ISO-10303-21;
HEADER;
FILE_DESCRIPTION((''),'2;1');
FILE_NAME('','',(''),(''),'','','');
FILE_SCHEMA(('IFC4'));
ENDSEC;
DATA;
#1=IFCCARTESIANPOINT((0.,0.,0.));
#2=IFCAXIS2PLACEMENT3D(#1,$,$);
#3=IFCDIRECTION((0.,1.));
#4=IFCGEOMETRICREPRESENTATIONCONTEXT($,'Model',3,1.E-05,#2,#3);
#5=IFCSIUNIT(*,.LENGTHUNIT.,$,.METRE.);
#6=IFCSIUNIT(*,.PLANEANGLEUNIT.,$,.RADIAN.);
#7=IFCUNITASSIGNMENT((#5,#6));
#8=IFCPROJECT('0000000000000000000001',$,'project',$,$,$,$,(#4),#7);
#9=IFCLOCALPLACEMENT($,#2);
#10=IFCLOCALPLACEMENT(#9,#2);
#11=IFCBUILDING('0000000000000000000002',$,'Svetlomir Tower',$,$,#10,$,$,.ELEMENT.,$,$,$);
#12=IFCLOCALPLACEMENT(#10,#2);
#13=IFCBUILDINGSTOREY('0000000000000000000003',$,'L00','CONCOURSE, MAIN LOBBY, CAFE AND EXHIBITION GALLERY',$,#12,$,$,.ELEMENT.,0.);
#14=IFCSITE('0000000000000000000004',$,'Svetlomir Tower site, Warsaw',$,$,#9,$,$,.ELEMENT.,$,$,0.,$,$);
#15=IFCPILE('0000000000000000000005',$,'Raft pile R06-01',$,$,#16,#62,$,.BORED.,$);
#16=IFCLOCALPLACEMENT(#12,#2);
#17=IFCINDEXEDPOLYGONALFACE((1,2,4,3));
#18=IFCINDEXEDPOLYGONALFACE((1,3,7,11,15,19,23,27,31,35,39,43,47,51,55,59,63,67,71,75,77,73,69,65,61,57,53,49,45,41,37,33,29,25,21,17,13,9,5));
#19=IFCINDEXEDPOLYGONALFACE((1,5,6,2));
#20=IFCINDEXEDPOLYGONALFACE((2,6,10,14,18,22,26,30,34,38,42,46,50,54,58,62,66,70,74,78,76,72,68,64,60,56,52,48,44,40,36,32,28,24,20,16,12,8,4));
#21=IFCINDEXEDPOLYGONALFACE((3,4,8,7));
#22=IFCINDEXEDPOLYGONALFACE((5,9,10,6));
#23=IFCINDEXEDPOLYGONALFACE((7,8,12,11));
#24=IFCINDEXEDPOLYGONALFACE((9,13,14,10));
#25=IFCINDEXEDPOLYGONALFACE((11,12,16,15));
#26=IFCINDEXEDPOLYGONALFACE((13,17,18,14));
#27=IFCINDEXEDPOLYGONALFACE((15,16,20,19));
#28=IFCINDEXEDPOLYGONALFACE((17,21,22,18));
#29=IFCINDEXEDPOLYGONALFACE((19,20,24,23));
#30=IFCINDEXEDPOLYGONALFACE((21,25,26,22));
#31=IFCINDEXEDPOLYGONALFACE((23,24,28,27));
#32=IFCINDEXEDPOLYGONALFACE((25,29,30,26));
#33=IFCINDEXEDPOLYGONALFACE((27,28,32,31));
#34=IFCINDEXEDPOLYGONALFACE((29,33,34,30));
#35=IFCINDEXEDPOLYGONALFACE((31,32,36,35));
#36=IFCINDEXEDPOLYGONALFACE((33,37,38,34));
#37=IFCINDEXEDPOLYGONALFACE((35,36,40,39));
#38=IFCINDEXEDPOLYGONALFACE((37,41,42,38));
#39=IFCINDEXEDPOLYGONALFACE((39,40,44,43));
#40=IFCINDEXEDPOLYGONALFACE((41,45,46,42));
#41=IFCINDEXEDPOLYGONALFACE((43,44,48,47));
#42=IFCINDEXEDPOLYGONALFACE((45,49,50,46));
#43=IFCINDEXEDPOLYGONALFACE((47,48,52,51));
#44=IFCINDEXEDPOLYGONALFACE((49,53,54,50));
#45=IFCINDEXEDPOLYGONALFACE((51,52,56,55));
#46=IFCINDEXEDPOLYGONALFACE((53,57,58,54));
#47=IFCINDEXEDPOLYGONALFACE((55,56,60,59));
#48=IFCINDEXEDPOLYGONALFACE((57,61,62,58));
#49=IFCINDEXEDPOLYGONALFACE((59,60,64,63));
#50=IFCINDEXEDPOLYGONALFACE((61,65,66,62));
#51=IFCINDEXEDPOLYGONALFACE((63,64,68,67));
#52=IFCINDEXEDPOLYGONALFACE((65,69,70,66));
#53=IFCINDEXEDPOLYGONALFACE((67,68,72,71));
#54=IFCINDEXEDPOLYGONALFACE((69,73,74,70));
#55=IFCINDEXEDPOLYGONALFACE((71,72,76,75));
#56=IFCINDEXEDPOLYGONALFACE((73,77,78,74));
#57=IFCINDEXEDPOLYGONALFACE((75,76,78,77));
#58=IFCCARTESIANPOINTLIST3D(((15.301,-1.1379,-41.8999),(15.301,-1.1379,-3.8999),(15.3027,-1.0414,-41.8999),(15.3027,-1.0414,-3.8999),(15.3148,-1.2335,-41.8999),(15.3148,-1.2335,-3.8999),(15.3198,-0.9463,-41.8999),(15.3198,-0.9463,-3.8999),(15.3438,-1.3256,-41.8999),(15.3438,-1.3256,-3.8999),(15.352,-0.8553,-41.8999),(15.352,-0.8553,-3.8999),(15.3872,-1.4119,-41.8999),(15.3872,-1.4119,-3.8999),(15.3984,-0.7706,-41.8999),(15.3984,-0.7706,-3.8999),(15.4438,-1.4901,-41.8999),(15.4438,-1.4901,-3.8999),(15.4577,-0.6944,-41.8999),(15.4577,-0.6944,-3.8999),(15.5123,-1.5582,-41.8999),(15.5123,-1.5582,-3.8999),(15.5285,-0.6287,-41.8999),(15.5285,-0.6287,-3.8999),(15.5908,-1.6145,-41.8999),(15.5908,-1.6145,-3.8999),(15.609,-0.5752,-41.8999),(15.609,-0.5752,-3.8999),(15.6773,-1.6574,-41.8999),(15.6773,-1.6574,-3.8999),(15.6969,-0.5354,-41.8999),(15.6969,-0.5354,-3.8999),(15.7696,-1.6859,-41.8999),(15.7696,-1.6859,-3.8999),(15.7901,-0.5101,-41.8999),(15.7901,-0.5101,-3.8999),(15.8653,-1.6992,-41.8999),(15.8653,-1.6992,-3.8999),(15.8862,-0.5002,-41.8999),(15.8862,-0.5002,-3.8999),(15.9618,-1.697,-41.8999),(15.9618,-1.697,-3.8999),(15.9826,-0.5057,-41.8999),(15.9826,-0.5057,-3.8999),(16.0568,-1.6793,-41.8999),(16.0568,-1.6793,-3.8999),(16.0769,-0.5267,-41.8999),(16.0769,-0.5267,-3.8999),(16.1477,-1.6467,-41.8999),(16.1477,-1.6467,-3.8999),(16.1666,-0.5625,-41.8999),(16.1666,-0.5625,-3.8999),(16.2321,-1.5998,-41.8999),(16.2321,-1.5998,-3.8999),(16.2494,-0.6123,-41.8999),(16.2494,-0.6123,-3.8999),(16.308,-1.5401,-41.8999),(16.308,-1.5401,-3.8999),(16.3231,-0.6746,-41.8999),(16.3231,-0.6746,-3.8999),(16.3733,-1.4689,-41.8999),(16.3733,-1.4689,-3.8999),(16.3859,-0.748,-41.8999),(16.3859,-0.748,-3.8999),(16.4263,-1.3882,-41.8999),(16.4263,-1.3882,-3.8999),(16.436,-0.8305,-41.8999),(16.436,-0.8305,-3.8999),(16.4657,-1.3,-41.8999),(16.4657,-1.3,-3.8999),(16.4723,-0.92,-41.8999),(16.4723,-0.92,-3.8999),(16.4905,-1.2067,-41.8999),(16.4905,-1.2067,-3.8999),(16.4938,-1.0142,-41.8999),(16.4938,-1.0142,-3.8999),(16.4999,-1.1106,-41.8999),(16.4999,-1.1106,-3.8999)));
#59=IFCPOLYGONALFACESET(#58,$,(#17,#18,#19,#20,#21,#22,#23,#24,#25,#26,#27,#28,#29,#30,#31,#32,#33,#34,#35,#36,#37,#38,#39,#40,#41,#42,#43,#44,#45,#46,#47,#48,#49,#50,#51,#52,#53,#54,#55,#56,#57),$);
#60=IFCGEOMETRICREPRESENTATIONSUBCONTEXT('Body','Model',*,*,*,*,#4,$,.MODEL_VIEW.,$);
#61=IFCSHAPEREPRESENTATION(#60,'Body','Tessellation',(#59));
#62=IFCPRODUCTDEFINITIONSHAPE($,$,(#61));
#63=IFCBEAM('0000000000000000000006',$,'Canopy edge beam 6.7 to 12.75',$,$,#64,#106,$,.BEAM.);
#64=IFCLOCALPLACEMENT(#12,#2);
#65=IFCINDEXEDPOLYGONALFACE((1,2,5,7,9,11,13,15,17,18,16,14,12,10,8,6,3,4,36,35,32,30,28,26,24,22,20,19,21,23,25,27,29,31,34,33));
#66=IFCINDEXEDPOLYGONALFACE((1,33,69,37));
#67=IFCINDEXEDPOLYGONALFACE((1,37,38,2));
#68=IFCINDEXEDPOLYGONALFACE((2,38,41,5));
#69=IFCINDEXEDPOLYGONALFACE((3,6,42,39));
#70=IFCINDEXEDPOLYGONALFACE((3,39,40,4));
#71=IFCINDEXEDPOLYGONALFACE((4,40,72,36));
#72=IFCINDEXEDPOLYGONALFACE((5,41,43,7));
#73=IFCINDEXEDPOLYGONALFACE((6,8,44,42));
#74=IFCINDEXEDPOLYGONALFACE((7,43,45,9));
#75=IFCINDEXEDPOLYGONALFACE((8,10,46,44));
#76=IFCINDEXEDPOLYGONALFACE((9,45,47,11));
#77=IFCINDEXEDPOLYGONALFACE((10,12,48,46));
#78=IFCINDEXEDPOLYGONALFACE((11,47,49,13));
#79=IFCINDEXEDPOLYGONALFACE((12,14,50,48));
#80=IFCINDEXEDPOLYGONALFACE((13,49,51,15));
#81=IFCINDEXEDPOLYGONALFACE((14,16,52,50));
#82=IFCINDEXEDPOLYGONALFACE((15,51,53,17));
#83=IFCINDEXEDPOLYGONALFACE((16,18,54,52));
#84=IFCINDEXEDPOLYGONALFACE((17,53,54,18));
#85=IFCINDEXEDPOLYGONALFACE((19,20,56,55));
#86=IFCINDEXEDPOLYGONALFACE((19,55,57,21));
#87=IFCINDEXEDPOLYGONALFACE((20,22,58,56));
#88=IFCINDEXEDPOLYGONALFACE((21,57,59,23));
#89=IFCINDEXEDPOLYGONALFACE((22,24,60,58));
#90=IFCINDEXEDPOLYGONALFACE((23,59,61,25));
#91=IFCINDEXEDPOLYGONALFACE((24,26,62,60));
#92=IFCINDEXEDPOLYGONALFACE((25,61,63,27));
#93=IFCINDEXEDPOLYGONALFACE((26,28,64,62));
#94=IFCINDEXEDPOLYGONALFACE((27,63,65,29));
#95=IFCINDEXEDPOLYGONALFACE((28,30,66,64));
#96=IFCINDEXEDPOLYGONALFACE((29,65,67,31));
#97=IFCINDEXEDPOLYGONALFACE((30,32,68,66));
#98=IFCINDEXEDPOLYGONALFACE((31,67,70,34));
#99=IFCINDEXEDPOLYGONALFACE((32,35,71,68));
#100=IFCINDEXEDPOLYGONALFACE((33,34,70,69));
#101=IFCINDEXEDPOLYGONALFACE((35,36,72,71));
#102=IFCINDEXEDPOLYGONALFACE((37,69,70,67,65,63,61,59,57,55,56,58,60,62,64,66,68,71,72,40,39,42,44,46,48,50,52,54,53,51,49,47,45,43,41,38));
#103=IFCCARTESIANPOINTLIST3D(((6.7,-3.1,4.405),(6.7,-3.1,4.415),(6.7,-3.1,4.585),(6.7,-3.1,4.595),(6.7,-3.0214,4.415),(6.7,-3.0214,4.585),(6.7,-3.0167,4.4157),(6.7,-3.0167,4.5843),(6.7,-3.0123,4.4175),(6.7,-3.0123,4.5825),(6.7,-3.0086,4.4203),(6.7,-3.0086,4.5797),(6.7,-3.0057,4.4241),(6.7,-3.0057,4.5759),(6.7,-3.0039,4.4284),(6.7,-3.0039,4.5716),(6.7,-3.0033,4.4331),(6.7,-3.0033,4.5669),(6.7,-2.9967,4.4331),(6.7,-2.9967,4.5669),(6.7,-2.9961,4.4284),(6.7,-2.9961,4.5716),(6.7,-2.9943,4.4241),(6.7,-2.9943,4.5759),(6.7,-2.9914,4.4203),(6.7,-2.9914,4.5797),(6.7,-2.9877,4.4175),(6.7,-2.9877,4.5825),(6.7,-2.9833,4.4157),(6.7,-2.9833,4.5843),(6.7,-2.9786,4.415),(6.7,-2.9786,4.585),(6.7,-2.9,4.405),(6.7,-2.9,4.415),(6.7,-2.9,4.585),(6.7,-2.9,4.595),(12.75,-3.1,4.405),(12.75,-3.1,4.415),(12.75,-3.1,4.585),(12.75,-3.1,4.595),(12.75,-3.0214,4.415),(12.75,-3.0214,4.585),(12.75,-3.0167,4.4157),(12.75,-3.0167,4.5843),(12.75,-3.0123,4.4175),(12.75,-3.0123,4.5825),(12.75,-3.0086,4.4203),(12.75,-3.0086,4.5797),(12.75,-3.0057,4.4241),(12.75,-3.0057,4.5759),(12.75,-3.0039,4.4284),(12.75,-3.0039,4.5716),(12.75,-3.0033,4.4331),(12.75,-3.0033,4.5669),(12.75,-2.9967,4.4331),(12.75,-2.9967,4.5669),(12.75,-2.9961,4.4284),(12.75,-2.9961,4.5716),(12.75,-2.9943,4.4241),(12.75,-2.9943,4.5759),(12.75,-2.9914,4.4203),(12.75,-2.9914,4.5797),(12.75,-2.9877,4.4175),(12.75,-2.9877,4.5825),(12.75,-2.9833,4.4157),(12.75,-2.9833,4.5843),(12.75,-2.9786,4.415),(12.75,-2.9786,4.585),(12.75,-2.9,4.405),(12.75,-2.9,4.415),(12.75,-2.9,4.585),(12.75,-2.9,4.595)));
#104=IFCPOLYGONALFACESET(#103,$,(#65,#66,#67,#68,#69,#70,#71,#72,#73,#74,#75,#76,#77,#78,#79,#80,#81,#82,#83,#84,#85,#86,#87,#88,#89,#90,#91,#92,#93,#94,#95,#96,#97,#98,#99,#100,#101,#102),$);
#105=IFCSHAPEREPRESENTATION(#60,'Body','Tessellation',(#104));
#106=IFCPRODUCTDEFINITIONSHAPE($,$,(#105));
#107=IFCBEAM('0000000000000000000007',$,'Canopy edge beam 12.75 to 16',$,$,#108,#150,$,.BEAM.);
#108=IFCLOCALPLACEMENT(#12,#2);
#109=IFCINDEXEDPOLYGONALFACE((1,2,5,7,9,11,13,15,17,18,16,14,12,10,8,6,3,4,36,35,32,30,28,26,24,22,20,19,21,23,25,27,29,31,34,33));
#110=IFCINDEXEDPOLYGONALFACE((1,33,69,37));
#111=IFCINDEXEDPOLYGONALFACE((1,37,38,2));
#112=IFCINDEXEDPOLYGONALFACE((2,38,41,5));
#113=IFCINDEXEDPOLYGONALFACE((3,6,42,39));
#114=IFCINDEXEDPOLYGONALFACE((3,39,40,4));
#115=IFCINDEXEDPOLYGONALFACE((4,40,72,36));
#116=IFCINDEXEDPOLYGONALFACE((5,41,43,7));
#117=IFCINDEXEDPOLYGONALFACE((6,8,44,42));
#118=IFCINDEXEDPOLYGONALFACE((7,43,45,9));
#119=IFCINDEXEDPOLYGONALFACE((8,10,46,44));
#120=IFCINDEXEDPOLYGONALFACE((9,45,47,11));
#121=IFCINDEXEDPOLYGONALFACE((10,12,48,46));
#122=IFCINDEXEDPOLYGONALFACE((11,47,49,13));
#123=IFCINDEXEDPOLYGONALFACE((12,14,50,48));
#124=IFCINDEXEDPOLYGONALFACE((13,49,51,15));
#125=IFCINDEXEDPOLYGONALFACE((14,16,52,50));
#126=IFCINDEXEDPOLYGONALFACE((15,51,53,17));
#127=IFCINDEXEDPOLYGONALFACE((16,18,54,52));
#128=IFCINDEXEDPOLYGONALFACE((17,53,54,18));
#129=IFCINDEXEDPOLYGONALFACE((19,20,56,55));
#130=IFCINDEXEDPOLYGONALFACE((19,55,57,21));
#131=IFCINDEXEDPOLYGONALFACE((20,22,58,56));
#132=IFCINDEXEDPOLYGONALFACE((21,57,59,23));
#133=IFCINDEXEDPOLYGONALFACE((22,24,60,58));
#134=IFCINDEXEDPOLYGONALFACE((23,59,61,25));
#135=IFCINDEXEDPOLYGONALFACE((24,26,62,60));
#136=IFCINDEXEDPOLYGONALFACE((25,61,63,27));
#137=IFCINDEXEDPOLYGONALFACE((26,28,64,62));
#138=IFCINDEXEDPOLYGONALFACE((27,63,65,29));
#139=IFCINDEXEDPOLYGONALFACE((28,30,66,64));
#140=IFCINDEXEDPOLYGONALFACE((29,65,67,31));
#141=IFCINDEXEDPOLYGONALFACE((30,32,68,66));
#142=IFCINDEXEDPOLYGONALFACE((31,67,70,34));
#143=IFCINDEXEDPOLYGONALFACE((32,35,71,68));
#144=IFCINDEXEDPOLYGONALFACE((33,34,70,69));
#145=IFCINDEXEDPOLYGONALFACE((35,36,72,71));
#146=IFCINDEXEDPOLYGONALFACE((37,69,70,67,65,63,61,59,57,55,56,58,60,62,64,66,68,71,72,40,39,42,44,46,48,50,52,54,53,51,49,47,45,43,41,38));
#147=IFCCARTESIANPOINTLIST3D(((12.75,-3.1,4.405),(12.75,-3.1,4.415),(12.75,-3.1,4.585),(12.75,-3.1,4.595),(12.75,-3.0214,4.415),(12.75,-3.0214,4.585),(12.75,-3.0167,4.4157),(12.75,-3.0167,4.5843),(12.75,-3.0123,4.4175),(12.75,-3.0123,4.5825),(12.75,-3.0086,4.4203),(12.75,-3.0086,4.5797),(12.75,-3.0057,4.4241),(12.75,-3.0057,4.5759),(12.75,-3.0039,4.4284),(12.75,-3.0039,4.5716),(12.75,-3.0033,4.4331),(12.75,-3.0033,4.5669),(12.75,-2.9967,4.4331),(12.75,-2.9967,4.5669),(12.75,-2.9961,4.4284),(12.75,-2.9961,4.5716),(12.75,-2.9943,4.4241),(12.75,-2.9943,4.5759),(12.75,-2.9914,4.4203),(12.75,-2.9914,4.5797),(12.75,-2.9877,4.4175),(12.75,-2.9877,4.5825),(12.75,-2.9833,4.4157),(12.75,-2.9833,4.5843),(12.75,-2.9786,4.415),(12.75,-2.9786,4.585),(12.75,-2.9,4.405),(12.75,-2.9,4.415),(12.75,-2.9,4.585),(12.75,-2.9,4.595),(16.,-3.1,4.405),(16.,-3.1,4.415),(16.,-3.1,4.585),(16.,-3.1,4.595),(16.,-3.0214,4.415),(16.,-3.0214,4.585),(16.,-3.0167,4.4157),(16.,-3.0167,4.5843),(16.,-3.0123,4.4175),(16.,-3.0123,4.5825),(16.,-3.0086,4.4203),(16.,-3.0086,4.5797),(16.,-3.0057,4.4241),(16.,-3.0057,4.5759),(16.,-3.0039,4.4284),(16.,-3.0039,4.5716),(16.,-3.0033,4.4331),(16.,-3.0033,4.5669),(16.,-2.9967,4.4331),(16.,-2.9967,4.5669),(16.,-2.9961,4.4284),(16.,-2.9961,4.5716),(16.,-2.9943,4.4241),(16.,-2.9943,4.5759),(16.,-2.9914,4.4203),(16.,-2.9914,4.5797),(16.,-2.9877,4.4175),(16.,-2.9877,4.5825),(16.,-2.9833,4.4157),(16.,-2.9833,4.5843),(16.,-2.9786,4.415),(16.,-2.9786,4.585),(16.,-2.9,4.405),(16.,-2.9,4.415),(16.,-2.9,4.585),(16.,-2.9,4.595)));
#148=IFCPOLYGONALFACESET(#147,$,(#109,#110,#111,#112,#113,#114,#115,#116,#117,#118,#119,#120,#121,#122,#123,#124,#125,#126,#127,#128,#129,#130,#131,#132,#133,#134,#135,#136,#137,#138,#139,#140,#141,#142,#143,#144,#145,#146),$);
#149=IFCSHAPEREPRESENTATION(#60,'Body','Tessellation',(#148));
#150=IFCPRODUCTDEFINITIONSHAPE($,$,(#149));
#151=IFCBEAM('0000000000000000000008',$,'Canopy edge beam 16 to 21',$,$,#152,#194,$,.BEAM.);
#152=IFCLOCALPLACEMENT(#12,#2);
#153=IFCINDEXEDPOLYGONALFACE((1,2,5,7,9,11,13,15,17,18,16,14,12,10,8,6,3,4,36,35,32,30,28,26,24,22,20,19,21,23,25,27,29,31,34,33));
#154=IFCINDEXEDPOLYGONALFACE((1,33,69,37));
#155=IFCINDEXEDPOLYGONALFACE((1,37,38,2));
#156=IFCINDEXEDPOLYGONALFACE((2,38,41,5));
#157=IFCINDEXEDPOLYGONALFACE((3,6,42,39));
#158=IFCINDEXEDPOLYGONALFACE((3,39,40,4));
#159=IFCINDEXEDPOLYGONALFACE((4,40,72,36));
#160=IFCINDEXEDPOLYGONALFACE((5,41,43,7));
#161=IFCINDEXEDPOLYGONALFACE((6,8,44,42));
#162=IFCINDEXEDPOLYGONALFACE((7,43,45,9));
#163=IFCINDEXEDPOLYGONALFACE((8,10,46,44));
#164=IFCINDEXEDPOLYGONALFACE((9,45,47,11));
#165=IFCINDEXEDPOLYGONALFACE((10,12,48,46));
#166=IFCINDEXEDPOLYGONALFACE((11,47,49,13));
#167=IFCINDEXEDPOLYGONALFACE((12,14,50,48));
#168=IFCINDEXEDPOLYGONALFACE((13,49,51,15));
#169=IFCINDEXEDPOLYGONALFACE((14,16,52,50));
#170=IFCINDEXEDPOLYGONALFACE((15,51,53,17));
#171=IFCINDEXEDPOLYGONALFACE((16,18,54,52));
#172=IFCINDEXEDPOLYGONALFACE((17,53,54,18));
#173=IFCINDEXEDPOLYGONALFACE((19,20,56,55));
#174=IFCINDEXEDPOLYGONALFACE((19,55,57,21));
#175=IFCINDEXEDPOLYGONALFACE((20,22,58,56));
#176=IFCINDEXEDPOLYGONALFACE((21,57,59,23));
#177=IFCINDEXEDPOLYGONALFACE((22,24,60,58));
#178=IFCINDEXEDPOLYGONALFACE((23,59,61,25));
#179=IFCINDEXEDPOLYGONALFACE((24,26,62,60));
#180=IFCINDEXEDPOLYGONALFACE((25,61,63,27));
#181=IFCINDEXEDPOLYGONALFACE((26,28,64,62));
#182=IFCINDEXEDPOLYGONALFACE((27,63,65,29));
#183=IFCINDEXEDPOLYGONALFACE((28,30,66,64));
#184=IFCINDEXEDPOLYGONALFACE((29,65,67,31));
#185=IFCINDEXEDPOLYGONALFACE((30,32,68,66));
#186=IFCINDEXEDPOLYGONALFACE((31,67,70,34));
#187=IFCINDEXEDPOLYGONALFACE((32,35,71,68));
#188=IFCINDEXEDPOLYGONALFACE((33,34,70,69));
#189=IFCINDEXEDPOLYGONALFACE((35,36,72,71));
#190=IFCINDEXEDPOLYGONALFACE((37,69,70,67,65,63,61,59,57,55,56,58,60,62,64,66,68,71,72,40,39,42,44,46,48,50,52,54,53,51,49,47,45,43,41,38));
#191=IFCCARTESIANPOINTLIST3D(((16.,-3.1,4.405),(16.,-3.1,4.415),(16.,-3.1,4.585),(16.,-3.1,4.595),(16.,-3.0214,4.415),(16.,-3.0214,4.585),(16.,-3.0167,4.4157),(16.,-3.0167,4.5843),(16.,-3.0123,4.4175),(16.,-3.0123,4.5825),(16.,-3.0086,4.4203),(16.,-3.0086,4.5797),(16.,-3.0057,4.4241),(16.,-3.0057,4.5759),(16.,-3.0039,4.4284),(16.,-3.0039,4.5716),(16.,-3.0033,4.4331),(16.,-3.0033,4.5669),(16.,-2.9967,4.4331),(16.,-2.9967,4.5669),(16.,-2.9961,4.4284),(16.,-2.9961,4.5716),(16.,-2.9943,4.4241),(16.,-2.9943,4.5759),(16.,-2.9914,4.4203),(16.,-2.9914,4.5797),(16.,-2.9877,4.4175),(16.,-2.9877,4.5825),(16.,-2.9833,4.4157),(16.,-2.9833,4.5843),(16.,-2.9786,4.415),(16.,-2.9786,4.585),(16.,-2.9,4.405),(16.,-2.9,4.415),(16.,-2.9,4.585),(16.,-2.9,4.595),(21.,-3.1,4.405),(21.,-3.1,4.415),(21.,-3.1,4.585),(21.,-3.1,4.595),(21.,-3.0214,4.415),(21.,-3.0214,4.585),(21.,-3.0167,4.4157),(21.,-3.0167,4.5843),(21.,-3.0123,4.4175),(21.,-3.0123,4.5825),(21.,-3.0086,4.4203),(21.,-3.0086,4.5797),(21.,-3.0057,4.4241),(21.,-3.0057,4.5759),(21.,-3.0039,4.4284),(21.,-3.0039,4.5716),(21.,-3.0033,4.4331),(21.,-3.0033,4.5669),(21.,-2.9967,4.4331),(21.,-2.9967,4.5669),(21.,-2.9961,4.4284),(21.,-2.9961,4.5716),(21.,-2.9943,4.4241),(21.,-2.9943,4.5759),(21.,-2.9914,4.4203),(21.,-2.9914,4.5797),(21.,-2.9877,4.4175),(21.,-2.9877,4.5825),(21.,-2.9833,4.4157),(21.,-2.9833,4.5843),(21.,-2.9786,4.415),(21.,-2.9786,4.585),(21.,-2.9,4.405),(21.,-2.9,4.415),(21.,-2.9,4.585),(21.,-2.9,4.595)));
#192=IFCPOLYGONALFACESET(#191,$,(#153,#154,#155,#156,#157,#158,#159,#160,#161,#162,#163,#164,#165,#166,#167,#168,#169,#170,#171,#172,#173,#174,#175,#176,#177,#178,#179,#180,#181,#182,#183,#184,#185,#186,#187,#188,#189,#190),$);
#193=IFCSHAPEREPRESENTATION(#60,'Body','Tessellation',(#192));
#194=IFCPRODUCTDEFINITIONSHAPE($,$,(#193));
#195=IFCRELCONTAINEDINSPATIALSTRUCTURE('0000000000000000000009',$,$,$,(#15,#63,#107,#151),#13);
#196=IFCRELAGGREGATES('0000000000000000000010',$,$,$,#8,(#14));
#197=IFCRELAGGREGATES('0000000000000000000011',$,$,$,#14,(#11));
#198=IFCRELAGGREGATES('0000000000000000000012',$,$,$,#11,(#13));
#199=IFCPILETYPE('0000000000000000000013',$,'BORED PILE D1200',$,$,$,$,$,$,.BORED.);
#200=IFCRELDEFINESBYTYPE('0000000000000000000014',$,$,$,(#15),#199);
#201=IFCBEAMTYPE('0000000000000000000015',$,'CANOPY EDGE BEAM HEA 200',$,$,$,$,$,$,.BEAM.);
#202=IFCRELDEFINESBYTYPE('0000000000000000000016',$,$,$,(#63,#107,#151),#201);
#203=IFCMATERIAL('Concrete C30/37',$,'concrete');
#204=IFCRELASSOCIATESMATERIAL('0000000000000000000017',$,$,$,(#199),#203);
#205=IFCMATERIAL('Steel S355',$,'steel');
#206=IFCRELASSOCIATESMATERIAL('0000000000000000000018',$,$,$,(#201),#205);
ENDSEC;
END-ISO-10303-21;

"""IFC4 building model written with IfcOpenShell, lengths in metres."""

from ifc_helpers import new_model, si_unit, direction, frame, frame_2d, origin, origin_2d, place, context, subcontext, project, spatial, circle, i_section, extrude, material, material_profile, profile_set, type_object, element, save


model = new_model("IFC4")

# Units and contexts
model_context = context("Model", 3, precision=1e-05, world=origin(), true_north=direction((0.0, 1.0)))
body_context = subcontext(model_context, "Body", "Model", "MODEL_VIEW")
ifc_project = project(units=[si_unit("LENGTHUNIT", "METRE"), si_unit("PLANEANGLEUNIT", "RADIAN")], contexts=[model_context])

# Site, building, storey
site_placement = place(None, origin())
site = spatial("IfcSite", under=ifc_project, at=site_placement, Name="Svetlomir Tower site, Warsaw", CompositionType="ELEMENT", RefElevation=0.0)
building_placement = place(site_placement, origin())
building = spatial("IfcBuilding", under=site, at=building_placement, Name="Svetlomir Tower", CompositionType="ELEMENT")
storey_placement = place(building_placement, origin())
storey = spatial("IfcBuildingStorey", under=building, at=storey_placement, Name="L00", Description="CONCOURSE, MAIN LOBBY, CAFE AND EXHIBITION GALLERY", CompositionType="ELEMENT", Elevation=0.0)

# Pile
ifc_material_1 = material(Name="Concrete C30/37", Category="concrete")
ifc_material_profile_1 = material_profile(ifc_material_1, circle(Radius=0.6001, at=origin_2d()), Name="D1200")
ifc_profile_set_1 = profile_set([ifc_material_profile_1], Name="Concrete C30/37")
pile_type = type_object("IfcPileType", Name="BORED PILE D1200", PredefinedType="BORED", material=ifc_profile_set_1)
for number, where, z_axis, x_axis, name in (
    (1, (15.8999, -1.1001, -3.8999), (0.0, 0.0, -1.0), (1.0, 0.0, 0.0), "Raft pile R06-01"),
):
    element("IfcPile", number, at=place(storey_placement, frame(where, z_axis=z_axis, x_axis=x_axis)), inside=storey, type_object=pile_type, Name=name, PredefinedType="BORED", context=body_context, shape_type="SweptSolid", body=[
        extrude(circle(Radius=0.6001, at=frame_2d((0.0, 0.0), x_axis=(0.999848, 0.017452))), origin(), (0.0, 0.0, 1.0), 38.0),
    ])

# Beams
ifc_material_2 = material(Name="Steel S355", Category="steel")
ifc_material_profile_2 = material_profile(ifc_material_2, i_section(OverallWidth=0.2, OverallDepth=0.1899, WebThickness=0.0066, FlangeThickness=0.01, FilletRadius=0.0181, at=origin_2d()), Name="HEA 200")
ifc_profile_set_2 = profile_set([ifc_material_profile_2], Name="Steel S355")
beam_type = type_object("IfcBeamType", Name="CANOPY EDGE BEAM HEA 200", PredefinedType="BEAM", material=ifc_profile_set_2)
beam_1_placement = place(storey_placement, frame((6.7, -3.0, 4.5), z_axis=(1.0, 0.0, 0.0), x_axis=(0.0, 1.0, 0.0)))
element("IfcBeam", 2, at=beam_1_placement, inside=storey, type_object=beam_type, Name="Canopy edge beam 6.7 to 12.75", PredefinedType="BEAM", context=body_context, shape_type="SweptSolid", body=[
    extrude(i_section(OverallWidth=0.2, OverallDepth=0.1899, WebThickness=0.0066, FlangeThickness=0.01, FilletRadius=0.0181, at=origin_2d()), origin(), (0.0, 0.0, 1.0), 6.05),
])
beam_2_placement = place(storey_placement, frame((12.75, -3.0, 4.5), z_axis=(1.0, 0.0, 0.0), x_axis=(0.0, 1.0, 0.0)))
element("IfcBeam", 3, at=beam_2_placement, inside=storey, type_object=beam_type, Name="Canopy edge beam 12.75 to 16", PredefinedType="BEAM", context=body_context, shape_type="SweptSolid", body=[
    extrude(i_section(OverallWidth=0.2, OverallDepth=0.1899, WebThickness=0.0066, FlangeThickness=0.01, FilletRadius=0.0181, at=origin_2d()), origin(), (0.0, 0.0, 1.0), 3.25),
])
beam_3_placement = place(storey_placement, frame((16.0, -3.0, 4.5), z_axis=(1.0, 0.0, 0.0), x_axis=(0.0, 1.0, 0.0)))
element("IfcBeam", 4, at=beam_3_placement, inside=storey, type_object=beam_type, Name="Canopy edge beam 16 to 21", PredefinedType="BEAM", context=body_context, shape_type="SweptSolid", body=[
    extrude(i_section(OverallWidth=0.2, OverallDepth=0.1899, WebThickness=0.0066, FlangeThickness=0.01, FilletRadius=0.0181, at=origin_2d()), origin(), (0.0, 0.0, 1.0), 5.0),
])

save(model, "model.ifc")
